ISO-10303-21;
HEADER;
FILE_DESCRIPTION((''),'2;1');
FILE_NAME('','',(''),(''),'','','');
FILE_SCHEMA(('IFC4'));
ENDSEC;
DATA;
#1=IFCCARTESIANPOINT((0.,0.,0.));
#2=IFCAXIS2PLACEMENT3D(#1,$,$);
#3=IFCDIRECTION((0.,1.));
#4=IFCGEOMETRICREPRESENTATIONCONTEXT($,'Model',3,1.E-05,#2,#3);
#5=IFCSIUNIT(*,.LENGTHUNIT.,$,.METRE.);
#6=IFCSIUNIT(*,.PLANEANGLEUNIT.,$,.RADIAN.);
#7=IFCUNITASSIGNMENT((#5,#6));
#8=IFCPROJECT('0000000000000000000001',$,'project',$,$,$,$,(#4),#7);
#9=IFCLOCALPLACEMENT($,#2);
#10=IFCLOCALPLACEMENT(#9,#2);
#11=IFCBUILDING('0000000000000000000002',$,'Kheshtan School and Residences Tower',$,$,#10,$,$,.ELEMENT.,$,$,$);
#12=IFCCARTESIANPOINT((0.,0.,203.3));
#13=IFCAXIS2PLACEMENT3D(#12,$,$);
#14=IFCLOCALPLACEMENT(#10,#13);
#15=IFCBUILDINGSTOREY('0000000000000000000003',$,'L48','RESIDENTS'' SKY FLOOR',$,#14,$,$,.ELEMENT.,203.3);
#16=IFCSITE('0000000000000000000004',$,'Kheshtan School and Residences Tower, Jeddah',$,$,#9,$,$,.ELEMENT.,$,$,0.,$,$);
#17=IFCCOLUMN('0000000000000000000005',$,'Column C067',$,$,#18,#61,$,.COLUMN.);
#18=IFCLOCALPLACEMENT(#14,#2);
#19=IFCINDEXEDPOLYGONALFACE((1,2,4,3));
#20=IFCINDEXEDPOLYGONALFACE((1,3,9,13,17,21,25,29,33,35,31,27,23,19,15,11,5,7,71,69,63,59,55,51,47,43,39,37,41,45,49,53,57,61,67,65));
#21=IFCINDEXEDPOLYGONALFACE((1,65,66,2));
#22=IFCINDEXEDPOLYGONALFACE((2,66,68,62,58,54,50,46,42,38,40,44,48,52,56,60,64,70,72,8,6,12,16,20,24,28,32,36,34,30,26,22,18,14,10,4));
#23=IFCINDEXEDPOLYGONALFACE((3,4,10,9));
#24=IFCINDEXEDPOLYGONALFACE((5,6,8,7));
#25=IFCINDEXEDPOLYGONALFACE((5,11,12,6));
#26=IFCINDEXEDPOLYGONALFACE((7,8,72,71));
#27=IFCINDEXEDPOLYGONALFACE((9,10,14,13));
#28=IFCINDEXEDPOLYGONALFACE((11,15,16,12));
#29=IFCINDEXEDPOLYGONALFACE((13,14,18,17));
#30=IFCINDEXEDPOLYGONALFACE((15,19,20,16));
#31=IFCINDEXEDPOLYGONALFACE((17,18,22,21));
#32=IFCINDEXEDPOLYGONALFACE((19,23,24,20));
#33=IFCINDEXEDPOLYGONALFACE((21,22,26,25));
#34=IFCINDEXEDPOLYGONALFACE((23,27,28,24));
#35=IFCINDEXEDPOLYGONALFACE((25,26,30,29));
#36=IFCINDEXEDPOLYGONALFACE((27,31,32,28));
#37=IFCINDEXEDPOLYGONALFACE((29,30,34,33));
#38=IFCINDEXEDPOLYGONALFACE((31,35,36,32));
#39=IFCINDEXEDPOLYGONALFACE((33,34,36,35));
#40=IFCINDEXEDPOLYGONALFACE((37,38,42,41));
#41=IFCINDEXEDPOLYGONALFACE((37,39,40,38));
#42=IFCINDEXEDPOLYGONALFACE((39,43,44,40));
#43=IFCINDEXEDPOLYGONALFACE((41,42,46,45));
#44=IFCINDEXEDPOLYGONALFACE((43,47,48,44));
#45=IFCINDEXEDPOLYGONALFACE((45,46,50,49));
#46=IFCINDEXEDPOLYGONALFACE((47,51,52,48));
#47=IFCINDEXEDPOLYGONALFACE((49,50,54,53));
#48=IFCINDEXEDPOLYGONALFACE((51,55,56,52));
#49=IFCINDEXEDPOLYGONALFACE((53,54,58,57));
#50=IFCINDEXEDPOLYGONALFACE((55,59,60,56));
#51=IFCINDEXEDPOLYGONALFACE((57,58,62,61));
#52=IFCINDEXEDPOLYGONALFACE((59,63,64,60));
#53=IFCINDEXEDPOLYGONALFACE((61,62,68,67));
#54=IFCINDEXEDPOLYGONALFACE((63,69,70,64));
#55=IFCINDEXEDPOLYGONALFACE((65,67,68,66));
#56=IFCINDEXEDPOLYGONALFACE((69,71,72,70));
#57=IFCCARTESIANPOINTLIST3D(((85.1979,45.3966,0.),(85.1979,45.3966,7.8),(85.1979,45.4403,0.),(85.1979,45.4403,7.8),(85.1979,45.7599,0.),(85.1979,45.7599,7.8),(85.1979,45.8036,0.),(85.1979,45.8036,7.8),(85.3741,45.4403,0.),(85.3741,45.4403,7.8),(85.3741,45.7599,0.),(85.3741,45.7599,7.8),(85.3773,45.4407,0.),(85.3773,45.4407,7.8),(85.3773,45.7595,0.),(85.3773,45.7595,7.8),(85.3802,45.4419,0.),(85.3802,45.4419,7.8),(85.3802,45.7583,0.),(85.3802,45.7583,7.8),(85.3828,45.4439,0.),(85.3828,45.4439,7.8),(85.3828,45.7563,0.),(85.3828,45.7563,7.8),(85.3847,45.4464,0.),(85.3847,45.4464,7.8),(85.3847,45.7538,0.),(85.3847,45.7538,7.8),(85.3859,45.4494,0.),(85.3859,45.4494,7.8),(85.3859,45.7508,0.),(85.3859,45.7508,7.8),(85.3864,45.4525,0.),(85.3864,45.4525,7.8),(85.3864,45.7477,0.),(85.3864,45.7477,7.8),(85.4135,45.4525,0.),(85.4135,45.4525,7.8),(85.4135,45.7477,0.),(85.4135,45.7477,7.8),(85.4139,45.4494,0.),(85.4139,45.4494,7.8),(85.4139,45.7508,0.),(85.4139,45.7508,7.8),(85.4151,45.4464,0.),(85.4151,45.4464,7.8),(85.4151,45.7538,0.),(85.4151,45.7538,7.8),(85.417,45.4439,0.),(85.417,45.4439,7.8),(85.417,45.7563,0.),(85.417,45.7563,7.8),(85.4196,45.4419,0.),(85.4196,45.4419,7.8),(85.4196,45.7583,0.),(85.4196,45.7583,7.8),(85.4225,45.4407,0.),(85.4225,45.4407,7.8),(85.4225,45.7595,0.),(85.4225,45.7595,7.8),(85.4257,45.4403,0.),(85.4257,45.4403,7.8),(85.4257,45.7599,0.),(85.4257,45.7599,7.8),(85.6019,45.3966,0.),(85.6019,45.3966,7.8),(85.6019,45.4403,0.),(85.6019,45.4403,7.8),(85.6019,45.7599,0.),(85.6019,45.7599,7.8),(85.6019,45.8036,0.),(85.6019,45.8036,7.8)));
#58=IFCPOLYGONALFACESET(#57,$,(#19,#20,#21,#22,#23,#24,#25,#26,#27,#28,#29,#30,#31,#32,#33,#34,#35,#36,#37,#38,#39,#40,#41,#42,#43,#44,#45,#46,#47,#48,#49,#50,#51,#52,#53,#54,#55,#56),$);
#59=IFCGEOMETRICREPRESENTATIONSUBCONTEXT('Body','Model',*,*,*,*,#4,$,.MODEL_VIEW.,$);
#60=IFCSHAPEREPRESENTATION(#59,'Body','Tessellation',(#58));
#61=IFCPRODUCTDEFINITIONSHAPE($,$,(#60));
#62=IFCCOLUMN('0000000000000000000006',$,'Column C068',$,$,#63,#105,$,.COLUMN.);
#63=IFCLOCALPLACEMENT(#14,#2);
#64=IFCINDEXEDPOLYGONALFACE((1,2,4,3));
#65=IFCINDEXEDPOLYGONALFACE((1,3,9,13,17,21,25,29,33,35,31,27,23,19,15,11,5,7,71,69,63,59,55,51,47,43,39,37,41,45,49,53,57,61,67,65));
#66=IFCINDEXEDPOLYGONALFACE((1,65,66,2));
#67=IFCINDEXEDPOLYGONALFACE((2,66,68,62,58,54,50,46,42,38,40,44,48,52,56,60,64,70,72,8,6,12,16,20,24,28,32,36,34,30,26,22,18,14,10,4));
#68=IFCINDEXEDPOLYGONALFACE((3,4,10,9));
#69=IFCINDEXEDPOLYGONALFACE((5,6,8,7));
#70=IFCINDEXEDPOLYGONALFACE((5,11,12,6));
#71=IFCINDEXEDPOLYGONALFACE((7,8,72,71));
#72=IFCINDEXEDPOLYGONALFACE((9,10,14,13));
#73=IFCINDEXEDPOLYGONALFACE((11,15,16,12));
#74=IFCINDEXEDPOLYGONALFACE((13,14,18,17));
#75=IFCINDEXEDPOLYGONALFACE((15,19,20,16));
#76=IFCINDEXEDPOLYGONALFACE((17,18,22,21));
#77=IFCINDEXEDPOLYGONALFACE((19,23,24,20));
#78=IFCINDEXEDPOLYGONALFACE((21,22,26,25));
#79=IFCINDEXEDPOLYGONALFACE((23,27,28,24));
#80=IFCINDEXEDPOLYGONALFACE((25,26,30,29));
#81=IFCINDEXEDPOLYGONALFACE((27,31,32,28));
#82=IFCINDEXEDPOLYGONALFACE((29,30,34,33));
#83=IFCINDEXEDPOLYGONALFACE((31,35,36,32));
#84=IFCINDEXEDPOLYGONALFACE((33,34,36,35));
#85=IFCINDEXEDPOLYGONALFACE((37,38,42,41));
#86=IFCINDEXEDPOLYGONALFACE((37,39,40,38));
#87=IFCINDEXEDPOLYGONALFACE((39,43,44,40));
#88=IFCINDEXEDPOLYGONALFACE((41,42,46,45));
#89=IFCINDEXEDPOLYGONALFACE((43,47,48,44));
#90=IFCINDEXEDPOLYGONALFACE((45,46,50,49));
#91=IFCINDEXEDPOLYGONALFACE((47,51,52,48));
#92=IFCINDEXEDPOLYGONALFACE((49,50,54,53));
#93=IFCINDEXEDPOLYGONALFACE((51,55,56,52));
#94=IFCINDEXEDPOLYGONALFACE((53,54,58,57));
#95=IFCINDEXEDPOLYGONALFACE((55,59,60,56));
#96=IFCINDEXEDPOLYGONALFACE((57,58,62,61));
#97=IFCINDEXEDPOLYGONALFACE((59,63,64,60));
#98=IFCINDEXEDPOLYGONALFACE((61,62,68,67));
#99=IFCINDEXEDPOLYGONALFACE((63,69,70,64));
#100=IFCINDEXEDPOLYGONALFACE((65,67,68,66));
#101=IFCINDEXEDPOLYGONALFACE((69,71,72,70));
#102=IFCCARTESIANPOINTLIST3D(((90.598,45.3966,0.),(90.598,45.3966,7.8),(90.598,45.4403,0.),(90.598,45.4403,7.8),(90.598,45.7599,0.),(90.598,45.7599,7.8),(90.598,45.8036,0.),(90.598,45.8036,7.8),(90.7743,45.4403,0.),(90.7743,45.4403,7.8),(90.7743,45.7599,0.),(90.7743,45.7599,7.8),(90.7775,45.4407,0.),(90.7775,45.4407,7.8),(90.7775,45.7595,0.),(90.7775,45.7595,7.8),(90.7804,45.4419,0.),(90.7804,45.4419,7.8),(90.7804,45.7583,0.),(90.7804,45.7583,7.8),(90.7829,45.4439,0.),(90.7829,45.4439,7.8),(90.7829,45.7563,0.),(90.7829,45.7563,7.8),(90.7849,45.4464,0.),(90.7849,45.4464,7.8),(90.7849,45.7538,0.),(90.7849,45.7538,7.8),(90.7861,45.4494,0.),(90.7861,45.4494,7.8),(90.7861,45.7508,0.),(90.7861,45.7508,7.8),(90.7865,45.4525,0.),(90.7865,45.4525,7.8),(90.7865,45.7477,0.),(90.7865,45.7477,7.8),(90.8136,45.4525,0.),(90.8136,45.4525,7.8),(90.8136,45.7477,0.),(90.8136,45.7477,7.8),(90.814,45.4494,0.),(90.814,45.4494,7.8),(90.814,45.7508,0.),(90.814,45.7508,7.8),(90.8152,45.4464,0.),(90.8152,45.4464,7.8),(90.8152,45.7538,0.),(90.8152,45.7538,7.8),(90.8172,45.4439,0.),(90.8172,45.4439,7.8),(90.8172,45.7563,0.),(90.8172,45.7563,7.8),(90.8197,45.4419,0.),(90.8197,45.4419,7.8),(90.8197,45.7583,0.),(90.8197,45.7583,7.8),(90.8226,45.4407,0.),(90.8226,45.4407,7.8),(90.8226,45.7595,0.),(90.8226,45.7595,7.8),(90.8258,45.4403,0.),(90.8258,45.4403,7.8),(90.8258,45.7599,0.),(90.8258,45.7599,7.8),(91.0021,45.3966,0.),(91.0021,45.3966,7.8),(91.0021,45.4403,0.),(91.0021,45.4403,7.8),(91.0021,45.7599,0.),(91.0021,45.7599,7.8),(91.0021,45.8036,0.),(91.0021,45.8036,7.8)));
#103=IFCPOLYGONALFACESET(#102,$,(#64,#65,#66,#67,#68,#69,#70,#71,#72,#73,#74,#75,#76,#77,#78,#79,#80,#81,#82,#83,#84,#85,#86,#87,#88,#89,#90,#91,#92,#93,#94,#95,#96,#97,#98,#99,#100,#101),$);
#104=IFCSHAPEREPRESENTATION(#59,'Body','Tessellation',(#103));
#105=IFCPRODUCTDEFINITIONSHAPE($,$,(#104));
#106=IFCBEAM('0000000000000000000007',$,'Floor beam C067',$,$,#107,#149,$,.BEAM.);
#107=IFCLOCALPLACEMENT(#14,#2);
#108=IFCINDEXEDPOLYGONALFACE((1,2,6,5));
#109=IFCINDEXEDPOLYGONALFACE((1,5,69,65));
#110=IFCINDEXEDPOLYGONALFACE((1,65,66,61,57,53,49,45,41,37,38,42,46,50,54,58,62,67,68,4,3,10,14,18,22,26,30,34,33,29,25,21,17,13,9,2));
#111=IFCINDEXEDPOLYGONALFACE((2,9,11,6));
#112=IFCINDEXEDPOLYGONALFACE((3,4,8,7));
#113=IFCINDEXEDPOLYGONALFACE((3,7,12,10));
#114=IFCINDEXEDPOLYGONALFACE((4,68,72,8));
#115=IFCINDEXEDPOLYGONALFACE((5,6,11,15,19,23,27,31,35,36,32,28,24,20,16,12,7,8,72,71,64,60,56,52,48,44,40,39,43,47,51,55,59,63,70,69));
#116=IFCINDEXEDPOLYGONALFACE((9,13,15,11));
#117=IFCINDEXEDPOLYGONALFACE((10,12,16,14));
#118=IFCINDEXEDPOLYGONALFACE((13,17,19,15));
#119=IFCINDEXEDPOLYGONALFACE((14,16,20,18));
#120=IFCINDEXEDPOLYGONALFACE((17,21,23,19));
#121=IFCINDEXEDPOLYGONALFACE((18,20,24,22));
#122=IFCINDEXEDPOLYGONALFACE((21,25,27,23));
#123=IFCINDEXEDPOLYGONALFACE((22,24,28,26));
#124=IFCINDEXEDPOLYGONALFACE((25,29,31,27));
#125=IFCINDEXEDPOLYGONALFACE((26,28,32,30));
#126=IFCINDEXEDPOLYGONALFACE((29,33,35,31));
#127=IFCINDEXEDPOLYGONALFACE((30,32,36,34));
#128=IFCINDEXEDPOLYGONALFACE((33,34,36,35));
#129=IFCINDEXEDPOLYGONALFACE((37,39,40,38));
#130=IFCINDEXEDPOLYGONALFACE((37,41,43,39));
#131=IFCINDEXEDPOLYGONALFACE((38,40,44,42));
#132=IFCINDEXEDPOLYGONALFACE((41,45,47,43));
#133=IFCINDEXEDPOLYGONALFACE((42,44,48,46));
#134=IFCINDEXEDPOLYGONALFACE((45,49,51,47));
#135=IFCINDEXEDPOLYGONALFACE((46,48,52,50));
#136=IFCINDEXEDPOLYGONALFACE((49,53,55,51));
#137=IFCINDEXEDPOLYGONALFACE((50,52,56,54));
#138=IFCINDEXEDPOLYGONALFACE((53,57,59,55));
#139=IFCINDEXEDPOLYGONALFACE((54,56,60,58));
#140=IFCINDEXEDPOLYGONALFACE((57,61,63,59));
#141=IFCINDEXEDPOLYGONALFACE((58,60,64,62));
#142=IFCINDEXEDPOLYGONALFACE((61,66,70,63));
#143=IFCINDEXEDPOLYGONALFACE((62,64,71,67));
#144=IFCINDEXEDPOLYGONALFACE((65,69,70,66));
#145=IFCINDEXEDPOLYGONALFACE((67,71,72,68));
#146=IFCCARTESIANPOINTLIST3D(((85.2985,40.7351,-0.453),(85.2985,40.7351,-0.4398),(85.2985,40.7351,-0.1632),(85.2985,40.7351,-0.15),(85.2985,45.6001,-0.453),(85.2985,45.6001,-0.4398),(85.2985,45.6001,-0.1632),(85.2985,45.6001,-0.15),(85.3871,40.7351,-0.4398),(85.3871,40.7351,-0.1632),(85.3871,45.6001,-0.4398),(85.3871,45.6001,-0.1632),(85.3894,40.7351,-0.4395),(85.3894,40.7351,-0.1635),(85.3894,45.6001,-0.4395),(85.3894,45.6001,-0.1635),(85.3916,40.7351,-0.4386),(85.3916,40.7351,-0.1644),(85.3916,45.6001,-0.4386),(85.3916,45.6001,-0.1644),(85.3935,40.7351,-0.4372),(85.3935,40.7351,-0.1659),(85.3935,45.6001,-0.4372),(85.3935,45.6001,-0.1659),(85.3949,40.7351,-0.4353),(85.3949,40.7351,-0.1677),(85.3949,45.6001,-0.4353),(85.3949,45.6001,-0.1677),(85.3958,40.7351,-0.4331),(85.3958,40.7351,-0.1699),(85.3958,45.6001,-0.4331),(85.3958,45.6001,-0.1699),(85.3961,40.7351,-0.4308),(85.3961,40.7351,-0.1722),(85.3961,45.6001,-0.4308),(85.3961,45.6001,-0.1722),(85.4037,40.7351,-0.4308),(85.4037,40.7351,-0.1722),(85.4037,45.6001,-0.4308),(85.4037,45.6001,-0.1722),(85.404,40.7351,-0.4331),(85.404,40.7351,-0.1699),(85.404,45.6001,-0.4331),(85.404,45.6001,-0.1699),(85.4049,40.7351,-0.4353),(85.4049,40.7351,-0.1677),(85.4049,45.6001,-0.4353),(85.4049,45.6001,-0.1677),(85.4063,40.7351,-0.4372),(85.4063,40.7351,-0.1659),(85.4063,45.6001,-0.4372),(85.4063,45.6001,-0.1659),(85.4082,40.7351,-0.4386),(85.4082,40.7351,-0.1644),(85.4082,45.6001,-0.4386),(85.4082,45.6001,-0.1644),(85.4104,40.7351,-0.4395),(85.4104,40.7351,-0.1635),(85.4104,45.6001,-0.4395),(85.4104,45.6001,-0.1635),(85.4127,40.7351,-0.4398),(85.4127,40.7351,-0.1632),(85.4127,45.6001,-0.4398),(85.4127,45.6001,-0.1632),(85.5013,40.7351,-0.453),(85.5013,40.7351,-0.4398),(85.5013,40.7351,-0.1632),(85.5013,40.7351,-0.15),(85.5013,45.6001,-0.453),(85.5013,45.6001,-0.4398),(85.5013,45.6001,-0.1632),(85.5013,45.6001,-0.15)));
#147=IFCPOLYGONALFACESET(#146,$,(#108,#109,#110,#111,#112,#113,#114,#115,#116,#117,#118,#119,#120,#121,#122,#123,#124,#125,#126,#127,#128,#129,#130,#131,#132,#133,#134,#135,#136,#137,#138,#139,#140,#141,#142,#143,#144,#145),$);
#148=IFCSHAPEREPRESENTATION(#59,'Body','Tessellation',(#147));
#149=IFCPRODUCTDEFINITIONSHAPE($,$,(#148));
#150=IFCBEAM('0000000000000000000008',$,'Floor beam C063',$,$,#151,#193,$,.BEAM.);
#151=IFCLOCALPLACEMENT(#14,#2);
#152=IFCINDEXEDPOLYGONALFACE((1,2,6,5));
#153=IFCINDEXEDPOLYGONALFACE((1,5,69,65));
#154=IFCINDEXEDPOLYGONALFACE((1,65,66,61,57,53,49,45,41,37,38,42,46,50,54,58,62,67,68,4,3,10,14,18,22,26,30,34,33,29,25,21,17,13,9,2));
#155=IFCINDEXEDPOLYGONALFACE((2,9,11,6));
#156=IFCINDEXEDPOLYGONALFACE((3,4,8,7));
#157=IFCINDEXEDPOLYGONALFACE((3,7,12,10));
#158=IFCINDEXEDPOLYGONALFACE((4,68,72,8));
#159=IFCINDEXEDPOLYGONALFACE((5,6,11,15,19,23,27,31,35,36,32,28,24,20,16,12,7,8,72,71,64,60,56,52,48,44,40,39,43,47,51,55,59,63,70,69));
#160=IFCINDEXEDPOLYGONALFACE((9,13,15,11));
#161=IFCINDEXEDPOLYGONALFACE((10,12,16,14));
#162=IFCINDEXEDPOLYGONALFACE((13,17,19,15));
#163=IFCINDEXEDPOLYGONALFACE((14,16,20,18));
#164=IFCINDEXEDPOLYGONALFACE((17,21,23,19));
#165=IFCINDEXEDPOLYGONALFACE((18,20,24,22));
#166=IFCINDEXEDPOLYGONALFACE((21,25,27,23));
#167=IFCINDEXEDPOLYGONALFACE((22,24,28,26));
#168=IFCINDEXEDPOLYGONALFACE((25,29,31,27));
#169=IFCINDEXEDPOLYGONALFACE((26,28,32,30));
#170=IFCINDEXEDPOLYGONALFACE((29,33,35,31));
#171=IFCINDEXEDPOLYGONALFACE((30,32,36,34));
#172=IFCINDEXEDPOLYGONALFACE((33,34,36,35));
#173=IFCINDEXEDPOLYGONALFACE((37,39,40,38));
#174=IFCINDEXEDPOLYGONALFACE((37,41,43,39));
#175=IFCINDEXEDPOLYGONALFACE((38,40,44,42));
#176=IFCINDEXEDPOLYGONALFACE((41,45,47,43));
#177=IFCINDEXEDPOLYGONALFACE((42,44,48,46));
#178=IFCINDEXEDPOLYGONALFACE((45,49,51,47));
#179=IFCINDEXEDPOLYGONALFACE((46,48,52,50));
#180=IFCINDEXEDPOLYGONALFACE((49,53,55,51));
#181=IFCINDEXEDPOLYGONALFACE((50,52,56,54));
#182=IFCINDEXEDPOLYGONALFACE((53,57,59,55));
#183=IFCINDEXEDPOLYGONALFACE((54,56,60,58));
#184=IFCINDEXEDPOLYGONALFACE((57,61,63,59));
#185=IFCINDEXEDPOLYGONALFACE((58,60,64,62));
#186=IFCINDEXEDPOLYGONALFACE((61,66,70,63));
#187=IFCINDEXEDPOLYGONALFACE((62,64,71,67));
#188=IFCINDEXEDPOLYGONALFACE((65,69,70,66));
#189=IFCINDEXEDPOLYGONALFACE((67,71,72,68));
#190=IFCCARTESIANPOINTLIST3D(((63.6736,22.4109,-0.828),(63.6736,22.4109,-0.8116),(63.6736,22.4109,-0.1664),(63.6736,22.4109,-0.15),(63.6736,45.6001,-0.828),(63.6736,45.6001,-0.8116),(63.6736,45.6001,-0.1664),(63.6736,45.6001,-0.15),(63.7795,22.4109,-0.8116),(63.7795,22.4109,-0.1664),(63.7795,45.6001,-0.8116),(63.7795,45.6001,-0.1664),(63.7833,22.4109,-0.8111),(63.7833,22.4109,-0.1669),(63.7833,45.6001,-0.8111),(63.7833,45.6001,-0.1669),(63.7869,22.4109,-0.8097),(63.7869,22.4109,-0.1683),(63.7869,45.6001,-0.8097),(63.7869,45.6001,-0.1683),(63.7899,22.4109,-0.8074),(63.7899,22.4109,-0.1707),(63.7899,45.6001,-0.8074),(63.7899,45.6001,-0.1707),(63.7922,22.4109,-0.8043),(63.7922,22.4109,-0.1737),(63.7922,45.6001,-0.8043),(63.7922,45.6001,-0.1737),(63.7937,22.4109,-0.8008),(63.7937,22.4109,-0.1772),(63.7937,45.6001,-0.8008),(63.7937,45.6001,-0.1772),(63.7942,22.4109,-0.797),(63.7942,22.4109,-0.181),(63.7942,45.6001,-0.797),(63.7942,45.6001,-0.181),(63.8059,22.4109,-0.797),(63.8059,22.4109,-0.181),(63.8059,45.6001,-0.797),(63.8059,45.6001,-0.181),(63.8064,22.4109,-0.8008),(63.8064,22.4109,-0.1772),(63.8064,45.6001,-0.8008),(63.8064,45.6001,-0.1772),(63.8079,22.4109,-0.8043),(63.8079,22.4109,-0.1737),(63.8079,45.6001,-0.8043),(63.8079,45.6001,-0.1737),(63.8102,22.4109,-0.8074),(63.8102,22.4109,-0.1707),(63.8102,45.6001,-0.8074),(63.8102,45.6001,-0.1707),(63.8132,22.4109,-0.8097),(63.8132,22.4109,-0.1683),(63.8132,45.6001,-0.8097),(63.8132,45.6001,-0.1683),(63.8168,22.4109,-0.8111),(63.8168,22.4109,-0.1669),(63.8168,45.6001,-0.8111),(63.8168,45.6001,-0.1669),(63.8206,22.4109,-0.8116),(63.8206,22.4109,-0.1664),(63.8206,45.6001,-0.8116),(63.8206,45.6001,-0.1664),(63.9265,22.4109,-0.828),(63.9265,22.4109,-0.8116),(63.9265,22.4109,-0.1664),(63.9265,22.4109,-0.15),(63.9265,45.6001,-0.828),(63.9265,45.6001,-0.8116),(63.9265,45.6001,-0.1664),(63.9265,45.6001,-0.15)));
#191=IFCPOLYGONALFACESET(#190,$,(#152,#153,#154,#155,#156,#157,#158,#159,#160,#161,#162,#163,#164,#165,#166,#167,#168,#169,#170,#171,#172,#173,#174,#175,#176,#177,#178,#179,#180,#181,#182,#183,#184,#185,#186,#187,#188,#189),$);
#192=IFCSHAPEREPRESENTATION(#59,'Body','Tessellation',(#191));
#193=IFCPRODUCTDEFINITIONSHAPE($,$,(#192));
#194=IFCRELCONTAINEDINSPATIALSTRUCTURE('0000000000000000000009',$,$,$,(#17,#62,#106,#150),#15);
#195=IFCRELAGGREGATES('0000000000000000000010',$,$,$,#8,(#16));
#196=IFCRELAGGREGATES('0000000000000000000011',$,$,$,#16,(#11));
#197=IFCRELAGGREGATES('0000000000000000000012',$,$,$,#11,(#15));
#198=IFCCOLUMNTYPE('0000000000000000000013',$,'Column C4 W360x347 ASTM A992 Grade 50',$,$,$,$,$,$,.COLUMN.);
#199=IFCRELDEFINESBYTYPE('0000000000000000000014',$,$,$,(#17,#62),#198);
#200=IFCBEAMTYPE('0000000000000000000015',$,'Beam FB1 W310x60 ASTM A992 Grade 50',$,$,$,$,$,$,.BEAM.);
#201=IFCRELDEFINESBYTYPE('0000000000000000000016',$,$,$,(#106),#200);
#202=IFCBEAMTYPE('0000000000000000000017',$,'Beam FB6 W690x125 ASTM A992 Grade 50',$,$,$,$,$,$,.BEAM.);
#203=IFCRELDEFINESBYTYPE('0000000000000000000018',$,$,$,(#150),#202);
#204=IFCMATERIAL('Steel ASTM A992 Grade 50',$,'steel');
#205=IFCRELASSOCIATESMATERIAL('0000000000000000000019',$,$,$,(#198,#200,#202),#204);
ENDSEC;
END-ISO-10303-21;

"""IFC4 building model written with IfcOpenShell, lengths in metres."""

from ifc_helpers import new_model, si_unit, direction, frame, origin, origin_2d, place, context, subcontext, project, spatial, i_section, extrude, material, material_profile, profile_set, type_object, element, save


model = new_model("IFC4")

# Units and contexts
model_context = context("Model", 3, precision=1e-05, world=origin(), true_north=direction((0.0, 1.0)))
body_context = subcontext(model_context, "Body", "Model", "MODEL_VIEW")
ifc_project = project(units=[si_unit("LENGTHUNIT", "METRE"), si_unit("PLANEANGLEUNIT", "RADIAN")], contexts=[model_context])

# Site, building, storey
site_placement = place(None, origin())
site = spatial("IfcSite", under=ifc_project, at=site_placement, Name="Kheshtan School and Residences Tower, Jeddah", CompositionType="ELEMENT", RefElevation=0.0)
building_placement = place(site_placement, origin())
building = spatial("IfcBuilding", under=site, at=building_placement, Name="Kheshtan School and Residences Tower", CompositionType="ELEMENT")
storey_placement = place(building_placement, frame((0.0, 0.0, 203.3)))
storey = spatial("IfcBuildingStorey", under=building, at=storey_placement, Name="L48", Description="RESIDENTS' SKY FLOOR", CompositionType="ELEMENT", Elevation=203.3)

# Columns
ifc_material_1 = material(Name="Steel ASTM A992 Grade 50", Category="steel")
ifc_material_profile_1 = material_profile(ifc_material_1, i_section(OverallWidth=0.4041, OverallDepth=0.407, WebThickness=0.0271, FlangeThickness=0.0437, FilletRadius=0.0122, at=origin_2d()), Name="W360x347")
ifc_profile_set_1 = profile_set([ifc_material_profile_1], Name="Steel ASTM A992 Grade 50")
column_type = type_object("IfcColumnType", Name="Column C4 W360x347 ASTM A992 Grade 50", PredefinedType="COLUMN", material=ifc_profile_set_1)
for number, where, z_axis, x_axis, name in (
    (1, (85.3999, 45.6001, 0.0), (0.0, 0.0, 1.0), (1.0, 0.0, 0.0), "Column C067"),
    (2, (90.8, 45.6001, 0.0), (0.0, 0.0, 1.0), (1.0, 0.0, 0.0), "Column C068"),
):
    element("IfcColumn", number, at=place(storey_placement, frame(where, z_axis=z_axis, x_axis=x_axis)), inside=storey, type_object=column_type, Name=name, PredefinedType="COLUMN", context=body_context, shape_type="SweptSolid", body=[
        extrude(i_section(OverallWidth=0.4041, OverallDepth=0.407, WebThickness=0.0271, FlangeThickness=0.0437, FilletRadius=0.0122, at=origin_2d()), origin(), (0.0, 0.0, 1.0), 7.8),
    ])

# Beams
ifc_material_profile_2 = material_profile(ifc_material_1, i_section(OverallWidth=0.2029, OverallDepth=0.303, WebThickness=0.0076, FlangeThickness=0.0132, FilletRadius=0.009, at=origin_2d()), Name="W310x60")
ifc_profile_set_2 = profile_set([ifc_material_profile_2], Name="Steel ASTM A992 Grade 50")
beam_type_1 = type_object("IfcBeamType", Name="Beam FB1 W310x60 ASTM A992 Grade 50", PredefinedType="BEAM", material=ifc_profile_set_2)
beam_1_placement = place(storey_placement, frame((85.3999, 45.6001, -0.3015), z_axis=(0.0, -1.0, 0.0), x_axis=(1.0, 0.0, 0.0)))
element("IfcBeam", 3, at=beam_1_placement, inside=storey, type_object=beam_type_1, Name="Floor beam C067", PredefinedType="BEAM", context=body_context, shape_type="SweptSolid", body=[
    extrude(i_section(OverallWidth=0.2029, OverallDepth=0.303, WebThickness=0.0076, FlangeThickness=0.0132, FilletRadius=0.009, at=origin_2d()), origin(), (0.0, 0.0, 1.0), 4.865),
])
ifc_material_profile_3 = material_profile(ifc_material_1, i_section(OverallWidth=0.2529, OverallDepth=0.678, WebThickness=0.0117, FlangeThickness=0.0164, FilletRadius=0.0146, at=origin_2d()), Name="W690x125")
ifc_profile_set_3 = profile_set([ifc_material_profile_3], Name="Steel ASTM A992 Grade 50")
beam_type_2 = type_object("IfcBeamType", Name="Beam FB6 W690x125 ASTM A992 Grade 50", PredefinedType="BEAM", material=ifc_profile_set_3)
beam_2_placement = place(storey_placement, frame((63.8, 45.6001, -0.489), z_axis=(0.0, -1.0, 0.0), x_axis=(1.0, 0.0, 0.0)))
element("IfcBeam", 4, at=beam_2_placement, inside=storey, type_object=beam_type_2, Name="Floor beam C063", PredefinedType="BEAM", context=body_context, shape_type="SweptSolid", body=[
    extrude(i_section(OverallWidth=0.2529, OverallDepth=0.678, WebThickness=0.0117, FlangeThickness=0.0164, FilletRadius=0.0146, at=origin_2d()), origin(), (0.0, 0.0, 1.0), 23.1892),
])

save(model, "model.ifc")
